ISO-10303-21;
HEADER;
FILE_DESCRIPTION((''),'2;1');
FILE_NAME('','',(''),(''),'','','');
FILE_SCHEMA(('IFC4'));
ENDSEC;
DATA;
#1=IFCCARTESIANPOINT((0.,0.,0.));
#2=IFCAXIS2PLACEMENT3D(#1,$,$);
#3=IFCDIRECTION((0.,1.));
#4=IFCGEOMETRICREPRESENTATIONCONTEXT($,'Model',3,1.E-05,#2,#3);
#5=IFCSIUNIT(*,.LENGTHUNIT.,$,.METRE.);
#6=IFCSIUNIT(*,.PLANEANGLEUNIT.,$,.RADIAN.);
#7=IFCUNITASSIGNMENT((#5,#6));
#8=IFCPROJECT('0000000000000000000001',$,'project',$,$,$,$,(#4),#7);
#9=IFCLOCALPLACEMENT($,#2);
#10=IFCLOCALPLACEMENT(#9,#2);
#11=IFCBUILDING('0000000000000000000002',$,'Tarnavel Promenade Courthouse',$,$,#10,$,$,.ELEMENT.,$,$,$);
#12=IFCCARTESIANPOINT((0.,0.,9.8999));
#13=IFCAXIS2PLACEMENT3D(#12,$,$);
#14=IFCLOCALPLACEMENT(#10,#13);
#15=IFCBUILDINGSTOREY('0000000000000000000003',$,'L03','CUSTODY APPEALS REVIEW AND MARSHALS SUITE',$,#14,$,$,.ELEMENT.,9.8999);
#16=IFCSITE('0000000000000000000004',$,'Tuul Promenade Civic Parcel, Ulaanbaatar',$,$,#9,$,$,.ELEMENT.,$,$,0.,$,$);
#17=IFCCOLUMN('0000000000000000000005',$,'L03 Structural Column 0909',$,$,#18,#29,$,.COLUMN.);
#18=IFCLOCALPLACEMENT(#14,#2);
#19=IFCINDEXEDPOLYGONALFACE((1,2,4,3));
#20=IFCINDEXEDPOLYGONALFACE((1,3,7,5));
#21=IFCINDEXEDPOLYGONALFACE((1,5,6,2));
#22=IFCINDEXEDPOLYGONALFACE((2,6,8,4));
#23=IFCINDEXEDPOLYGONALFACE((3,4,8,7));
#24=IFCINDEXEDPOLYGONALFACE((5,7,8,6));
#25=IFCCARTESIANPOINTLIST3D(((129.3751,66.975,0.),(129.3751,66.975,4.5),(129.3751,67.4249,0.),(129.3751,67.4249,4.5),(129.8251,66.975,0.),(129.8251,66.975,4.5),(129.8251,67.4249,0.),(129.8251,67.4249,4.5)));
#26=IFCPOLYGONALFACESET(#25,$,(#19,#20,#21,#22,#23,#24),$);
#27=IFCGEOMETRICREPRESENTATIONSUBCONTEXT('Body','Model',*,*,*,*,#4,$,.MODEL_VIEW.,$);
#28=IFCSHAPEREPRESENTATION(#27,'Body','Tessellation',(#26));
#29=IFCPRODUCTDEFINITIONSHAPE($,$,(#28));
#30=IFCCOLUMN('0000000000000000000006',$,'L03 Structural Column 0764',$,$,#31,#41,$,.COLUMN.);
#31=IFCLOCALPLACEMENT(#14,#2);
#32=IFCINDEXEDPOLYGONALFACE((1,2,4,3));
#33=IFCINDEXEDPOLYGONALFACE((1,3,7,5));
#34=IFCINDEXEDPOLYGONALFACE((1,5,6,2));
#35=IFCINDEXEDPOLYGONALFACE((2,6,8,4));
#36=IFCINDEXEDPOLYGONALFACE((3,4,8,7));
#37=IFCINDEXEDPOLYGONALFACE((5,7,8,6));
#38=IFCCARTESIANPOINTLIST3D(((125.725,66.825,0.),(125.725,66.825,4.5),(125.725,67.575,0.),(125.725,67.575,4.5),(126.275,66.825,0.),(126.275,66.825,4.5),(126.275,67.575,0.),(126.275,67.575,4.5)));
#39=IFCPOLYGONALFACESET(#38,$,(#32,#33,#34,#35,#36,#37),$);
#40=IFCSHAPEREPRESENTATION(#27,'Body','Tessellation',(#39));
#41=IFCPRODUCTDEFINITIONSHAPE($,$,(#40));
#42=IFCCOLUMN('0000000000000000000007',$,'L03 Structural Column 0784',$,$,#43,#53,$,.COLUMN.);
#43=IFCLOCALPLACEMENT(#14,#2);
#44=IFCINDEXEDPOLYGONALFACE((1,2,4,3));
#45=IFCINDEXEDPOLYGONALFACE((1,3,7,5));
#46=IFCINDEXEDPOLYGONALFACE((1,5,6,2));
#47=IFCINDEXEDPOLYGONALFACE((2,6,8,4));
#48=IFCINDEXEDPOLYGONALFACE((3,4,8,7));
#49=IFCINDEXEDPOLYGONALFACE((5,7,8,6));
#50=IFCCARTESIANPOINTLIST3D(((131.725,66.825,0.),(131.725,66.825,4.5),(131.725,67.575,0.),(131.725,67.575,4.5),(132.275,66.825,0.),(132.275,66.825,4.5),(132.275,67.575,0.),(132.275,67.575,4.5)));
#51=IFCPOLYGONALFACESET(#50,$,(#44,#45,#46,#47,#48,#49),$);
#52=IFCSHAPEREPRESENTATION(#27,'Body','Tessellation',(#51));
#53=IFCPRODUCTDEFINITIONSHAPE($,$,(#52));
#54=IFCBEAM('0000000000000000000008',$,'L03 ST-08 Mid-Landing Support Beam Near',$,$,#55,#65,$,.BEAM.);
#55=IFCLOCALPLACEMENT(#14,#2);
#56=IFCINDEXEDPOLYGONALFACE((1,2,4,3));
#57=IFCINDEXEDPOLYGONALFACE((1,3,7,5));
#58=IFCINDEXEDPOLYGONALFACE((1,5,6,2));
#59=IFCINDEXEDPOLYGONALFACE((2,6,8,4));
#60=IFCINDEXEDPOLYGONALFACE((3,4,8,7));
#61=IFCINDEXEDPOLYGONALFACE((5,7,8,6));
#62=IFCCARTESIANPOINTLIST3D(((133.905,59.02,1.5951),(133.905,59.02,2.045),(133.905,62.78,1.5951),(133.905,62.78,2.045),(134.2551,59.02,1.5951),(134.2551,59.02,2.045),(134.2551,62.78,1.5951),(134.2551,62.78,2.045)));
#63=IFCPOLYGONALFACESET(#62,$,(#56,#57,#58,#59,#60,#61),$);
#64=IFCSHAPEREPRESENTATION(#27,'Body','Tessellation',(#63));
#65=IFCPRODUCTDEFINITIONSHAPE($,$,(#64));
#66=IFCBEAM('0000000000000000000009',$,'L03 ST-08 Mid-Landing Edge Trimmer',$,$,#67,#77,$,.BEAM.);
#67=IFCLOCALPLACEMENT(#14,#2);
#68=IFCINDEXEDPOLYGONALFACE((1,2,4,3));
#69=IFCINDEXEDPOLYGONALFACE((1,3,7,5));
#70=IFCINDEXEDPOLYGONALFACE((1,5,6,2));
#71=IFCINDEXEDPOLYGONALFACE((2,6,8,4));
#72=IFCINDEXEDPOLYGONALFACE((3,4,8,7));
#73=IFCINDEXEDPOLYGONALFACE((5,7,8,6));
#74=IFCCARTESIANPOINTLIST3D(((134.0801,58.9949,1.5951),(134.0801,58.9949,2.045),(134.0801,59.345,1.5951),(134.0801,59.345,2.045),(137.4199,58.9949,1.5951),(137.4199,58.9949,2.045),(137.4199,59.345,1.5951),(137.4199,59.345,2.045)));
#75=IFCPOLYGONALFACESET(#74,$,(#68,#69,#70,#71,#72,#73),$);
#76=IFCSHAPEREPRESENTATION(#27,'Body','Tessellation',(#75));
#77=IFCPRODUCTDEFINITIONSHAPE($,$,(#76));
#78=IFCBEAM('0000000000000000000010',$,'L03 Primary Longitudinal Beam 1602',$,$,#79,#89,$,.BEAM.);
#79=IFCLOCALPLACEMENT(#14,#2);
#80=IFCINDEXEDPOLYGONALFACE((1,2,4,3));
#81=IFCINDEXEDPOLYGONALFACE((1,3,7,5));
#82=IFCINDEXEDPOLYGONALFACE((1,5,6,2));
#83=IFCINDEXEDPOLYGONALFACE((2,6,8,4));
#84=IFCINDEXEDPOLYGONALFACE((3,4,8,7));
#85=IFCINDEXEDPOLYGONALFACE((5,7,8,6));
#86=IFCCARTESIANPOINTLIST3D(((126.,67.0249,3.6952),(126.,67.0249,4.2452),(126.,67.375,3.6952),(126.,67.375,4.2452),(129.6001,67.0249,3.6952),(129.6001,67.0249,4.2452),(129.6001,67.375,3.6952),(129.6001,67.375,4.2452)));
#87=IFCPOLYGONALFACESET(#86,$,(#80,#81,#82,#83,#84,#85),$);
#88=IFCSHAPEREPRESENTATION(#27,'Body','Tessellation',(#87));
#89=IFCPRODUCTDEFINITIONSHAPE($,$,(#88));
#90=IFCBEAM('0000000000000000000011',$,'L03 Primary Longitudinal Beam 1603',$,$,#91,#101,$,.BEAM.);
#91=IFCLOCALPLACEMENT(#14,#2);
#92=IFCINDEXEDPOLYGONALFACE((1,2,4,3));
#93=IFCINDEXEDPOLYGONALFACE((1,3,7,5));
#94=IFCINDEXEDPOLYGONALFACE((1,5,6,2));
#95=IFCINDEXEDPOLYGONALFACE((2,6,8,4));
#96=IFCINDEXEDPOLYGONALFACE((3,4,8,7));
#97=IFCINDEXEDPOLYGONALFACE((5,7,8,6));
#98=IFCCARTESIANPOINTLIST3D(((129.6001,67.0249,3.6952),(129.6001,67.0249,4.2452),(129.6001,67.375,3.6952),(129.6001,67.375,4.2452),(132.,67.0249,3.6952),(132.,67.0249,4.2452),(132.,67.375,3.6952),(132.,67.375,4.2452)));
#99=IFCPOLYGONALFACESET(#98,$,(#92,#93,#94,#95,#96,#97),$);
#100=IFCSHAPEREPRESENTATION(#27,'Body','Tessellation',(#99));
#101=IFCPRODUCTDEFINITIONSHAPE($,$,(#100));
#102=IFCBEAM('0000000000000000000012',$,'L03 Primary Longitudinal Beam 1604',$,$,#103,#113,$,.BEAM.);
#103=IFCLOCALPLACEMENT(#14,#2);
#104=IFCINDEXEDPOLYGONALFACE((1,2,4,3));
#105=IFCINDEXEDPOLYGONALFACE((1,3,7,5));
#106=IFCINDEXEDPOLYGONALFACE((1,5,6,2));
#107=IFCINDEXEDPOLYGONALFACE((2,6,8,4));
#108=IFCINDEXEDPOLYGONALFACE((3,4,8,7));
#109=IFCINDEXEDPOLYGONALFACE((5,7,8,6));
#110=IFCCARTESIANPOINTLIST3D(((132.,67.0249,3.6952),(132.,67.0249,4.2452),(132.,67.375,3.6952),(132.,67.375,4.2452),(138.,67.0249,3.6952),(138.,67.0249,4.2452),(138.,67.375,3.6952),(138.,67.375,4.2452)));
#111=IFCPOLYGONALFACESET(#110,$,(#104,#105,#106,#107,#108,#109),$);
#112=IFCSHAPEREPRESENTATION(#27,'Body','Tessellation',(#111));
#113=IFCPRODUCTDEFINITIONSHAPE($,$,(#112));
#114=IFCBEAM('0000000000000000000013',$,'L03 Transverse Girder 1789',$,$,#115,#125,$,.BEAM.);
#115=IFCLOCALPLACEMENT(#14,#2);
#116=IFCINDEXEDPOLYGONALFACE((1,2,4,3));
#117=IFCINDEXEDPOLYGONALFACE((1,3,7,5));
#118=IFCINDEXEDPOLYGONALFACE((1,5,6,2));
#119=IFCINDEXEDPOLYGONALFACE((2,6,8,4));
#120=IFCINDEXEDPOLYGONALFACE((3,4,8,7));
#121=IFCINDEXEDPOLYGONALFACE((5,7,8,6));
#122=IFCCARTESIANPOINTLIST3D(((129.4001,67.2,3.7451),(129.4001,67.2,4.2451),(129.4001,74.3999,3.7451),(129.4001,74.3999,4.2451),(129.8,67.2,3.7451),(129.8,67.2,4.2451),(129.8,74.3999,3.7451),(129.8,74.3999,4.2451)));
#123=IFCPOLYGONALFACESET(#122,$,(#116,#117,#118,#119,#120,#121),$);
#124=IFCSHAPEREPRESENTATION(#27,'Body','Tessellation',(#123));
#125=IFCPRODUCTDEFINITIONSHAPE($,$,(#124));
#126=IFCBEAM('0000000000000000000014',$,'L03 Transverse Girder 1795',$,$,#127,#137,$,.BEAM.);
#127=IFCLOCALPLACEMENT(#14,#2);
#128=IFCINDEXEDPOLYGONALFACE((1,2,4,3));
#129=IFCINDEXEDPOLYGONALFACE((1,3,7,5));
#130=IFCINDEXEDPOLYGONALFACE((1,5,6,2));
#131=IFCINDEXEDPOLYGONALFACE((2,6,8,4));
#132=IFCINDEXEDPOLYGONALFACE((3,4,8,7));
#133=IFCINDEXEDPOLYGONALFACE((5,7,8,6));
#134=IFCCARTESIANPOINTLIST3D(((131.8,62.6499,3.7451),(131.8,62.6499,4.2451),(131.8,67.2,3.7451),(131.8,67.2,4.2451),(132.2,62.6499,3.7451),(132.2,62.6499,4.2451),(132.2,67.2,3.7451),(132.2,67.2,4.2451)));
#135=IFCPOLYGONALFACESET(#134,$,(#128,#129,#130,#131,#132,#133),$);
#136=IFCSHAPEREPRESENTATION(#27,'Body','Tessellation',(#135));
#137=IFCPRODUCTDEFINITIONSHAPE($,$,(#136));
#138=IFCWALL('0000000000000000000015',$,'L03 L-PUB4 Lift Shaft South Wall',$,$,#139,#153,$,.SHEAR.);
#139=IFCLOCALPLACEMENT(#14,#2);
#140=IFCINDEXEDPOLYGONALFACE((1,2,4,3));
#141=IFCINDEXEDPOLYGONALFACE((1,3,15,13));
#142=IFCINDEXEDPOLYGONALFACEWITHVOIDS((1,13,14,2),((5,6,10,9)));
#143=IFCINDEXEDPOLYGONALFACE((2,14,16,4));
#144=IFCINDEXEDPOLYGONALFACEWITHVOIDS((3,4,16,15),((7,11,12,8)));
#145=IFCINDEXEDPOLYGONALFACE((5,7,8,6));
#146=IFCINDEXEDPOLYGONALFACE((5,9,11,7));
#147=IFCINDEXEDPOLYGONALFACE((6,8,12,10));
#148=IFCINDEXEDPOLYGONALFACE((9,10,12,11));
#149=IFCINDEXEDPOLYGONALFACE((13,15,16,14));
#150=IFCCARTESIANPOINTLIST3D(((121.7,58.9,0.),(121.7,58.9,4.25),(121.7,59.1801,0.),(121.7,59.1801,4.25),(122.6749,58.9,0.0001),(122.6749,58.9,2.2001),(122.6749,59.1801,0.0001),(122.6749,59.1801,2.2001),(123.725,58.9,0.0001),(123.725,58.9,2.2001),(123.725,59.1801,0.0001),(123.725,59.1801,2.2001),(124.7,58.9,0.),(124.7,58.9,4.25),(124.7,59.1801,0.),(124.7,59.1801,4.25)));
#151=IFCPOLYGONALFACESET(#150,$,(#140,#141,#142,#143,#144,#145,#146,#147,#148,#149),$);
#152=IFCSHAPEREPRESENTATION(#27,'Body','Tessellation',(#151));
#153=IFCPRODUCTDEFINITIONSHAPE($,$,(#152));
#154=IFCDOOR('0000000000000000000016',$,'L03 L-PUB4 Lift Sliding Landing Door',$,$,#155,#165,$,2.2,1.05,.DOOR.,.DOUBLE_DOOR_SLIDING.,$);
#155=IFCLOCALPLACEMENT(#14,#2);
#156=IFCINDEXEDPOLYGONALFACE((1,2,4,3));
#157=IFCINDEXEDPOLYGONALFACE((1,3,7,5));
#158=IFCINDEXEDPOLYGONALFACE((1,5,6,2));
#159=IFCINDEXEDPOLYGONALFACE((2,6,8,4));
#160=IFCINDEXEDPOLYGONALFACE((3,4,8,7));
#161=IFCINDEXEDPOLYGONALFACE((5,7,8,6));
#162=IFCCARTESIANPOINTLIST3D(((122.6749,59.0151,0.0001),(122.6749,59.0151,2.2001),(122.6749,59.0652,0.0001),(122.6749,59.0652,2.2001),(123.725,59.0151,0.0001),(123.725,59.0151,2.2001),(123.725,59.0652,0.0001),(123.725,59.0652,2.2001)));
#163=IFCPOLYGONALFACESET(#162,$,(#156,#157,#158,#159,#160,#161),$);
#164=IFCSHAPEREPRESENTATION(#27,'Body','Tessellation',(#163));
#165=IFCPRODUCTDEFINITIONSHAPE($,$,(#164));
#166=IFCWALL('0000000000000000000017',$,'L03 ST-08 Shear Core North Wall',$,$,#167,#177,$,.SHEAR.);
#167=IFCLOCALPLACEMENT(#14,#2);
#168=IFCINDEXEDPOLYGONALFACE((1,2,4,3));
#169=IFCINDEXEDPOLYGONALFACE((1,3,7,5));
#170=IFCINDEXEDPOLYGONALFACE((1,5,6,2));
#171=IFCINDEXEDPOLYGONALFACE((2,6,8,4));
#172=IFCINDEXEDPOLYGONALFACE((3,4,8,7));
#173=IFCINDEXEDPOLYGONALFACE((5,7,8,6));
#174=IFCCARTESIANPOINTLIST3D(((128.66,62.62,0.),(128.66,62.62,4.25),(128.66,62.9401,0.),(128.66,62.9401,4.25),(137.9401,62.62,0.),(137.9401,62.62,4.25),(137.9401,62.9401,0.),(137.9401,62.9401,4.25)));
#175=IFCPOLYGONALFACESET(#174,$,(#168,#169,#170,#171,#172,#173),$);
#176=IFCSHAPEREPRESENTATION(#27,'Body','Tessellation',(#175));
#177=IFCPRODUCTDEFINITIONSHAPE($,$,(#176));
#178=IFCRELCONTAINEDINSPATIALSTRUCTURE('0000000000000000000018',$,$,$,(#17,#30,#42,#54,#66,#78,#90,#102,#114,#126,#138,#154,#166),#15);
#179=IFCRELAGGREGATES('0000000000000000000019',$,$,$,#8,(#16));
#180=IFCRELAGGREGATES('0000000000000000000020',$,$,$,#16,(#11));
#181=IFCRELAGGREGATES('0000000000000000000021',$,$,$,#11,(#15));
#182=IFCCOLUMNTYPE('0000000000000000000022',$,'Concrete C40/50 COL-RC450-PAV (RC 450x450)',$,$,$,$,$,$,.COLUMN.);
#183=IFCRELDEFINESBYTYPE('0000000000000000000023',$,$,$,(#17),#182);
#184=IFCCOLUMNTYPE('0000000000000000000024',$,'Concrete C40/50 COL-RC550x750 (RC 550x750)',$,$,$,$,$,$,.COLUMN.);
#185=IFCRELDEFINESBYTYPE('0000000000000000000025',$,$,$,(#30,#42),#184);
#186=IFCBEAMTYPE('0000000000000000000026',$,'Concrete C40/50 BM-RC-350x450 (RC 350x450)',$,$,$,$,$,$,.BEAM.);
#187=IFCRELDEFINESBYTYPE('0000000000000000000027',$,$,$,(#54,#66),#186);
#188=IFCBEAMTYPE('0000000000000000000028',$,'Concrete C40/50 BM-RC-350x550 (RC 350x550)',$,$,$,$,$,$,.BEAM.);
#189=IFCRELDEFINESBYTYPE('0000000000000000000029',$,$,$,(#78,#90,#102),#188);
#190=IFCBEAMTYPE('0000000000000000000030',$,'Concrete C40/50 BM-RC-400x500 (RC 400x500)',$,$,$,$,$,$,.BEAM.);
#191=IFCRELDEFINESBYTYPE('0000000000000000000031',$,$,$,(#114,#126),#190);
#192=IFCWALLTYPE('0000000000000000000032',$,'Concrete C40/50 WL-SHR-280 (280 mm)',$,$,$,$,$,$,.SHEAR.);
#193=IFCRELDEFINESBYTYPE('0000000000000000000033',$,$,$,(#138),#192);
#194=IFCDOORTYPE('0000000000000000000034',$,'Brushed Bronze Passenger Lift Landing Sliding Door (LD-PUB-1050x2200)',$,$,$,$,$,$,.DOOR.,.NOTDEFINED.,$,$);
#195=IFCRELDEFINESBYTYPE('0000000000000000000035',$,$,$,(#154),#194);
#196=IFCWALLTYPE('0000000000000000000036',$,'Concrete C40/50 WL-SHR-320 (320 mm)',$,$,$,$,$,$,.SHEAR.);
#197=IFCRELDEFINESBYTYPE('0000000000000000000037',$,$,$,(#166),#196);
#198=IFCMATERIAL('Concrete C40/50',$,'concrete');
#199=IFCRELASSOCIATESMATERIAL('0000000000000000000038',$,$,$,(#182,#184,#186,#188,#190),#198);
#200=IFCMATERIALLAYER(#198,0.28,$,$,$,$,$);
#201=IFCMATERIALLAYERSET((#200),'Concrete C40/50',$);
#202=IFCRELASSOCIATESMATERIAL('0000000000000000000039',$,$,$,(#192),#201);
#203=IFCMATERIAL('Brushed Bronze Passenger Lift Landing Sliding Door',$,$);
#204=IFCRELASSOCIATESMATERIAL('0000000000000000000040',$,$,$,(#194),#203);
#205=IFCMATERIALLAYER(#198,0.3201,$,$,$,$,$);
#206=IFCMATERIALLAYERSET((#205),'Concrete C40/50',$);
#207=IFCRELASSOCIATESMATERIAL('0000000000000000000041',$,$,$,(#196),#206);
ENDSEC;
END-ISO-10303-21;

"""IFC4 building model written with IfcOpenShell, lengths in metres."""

from ifc_helpers import new_model, si_unit, direction, frame, frame_2d, origin, origin_2d, place, context, subcontext, project, spatial, rectangle, extrude, material, layer, layer_set, material_profile, profile_set, type_object, element, fill, save


model = new_model("IFC4")

# Units and contexts
model_context = context("Model", 3, precision=1e-05, world=origin(), true_north=direction((0.0, 1.0)))
body_context = subcontext(model_context, "Body", "Model", "MODEL_VIEW")
ifc_project = project(units=[si_unit("LENGTHUNIT", "METRE"), si_unit("PLANEANGLEUNIT", "RADIAN")], contexts=[model_context])

# Site, building, storey
site_placement = place(None, origin())
site = spatial("IfcSite", under=ifc_project, at=site_placement, Name="Tuul Promenade Civic Parcel, Ulaanbaatar", CompositionType="ELEMENT", RefElevation=0.0)
building_placement = place(site_placement, origin())
building = spatial("IfcBuilding", under=site, at=building_placement, Name="Tarnavel Promenade Courthouse", CompositionType="ELEMENT")
storey_placement = place(building_placement, frame((0.0, 0.0, 9.8999)))
storey = spatial("IfcBuildingStorey", under=building, at=storey_placement, Name="L03", Description="CUSTODY APPEALS REVIEW AND MARSHALS SUITE", CompositionType="ELEMENT", Elevation=9.8999)

# Columns
ifc_material_1 = material(Name="Concrete C40/50", Category="concrete")
ifc_material_profile_1 = material_profile(ifc_material_1, rectangle(XDim=0.45, YDim=0.45, at=origin_2d()), Name="RC 450x450")
ifc_profile_set_1 = profile_set([ifc_material_profile_1], Name="Concrete C40/50")
column_type_1 = type_object("IfcColumnType", Name="Concrete C40/50 COL-RC450-PAV (RC 450x450)", PredefinedType="COLUMN", material=ifc_profile_set_1)
column_placement = place(storey_placement, frame((129.6001, 67.2, 0.0), z_axis=(0.0, 0.0, 1.0), x_axis=(1.0, 0.0, 0.0)))
element("IfcColumn", 1, at=column_placement, inside=storey, type_object=column_type_1, Name="L03 Structural Column 0909", PredefinedType="COLUMN", context=body_context, shape_type="SweptSolid", body=[
    extrude(rectangle(XDim=0.45, YDim=0.45, at=origin_2d()), origin(), (0.0, 0.0, 1.0), 4.5),
])
ifc_material_profile_2 = material_profile(ifc_material_1, rectangle(XDim=0.55, YDim=0.75, at=origin_2d()), Name="RC 550x750")
ifc_profile_set_2 = profile_set([ifc_material_profile_2], Name="Concrete C40/50")
column_type_2 = type_object("IfcColumnType", Name="Concrete C40/50 COL-RC550x750 (RC 550x750)", PredefinedType="COLUMN", material=ifc_profile_set_2)
for number, where, z_axis, x_axis, name in (
    (2, (126.0, 67.2, 0.0), (0.0, 0.0, 1.0), (1.0, 0.0, 0.0), "L03 Structural Column 0764"),
    (3, (132.0, 67.2, 0.0), (0.0, 0.0, 1.0), (1.0, 0.0, 0.0), "L03 Structural Column 0784"),
):
    element("IfcColumn", number, at=place(storey_placement, frame(where, z_axis=z_axis, x_axis=x_axis)), inside=storey, type_object=column_type_2, Name=name, PredefinedType="COLUMN", context=body_context, shape_type="SweptSolid", body=[
        extrude(rectangle(XDim=0.55, YDim=0.75, at=origin_2d()), origin(), (0.0, 0.0, 1.0), 4.5),
    ])

# Beams
ifc_material_profile_3 = material_profile(ifc_material_1, rectangle(XDim=0.3501, YDim=0.45, at=origin_2d()), Name="RC 350x450")
ifc_profile_set_3 = profile_set([ifc_material_profile_3], Name="Concrete C40/50")
beam_type_1 = type_object("IfcBeamType", Name="Concrete C40/50 BM-RC-350x450 (RC 350x450)", PredefinedType="BEAM", material=ifc_profile_set_3)
beam_1_placement = place(storey_placement, frame((134.0801, 59.02, 1.8201), z_axis=(0.0, 1.0, 0.0), x_axis=(-1.0, 0.0, 0.0)))
element("IfcBeam", 4, at=beam_1_placement, inside=storey, type_object=beam_type_1, Name="L03 ST-08 Mid-Landing Support Beam Near", PredefinedType="BEAM", context=body_context, shape_type="SweptSolid", body=[
    extrude(rectangle(XDim=0.3501, YDim=0.45, at=origin_2d()), origin(), (0.0, 0.0, 1.0), 3.76),
])
beam_2_placement = place(storey_placement, frame((134.0801, 59.1699, 1.8201), z_axis=(1.0, 0.0, 0.0), x_axis=(0.0, 1.0, 0.0)))
element("IfcBeam", 5, at=beam_2_placement, inside=storey, type_object=beam_type_1, Name="L03 ST-08 Mid-Landing Edge Trimmer", PredefinedType="BEAM", context=body_context, shape_type="SweptSolid", body=[
    extrude(rectangle(XDim=0.3501, YDim=0.45, at=origin_2d()), origin(), (0.0, 0.0, 1.0), 3.3398),
])
ifc_material_profile_4 = material_profile(ifc_material_1, rectangle(XDim=0.3501, YDim=0.55, at=origin_2d()), Name="RC 350x550")
ifc_profile_set_4 = profile_set([ifc_material_profile_4], Name="Concrete C40/50")
beam_type_2 = type_object("IfcBeamType", Name="Concrete C40/50 BM-RC-350x550 (RC 350x550)", PredefinedType="BEAM", material=ifc_profile_set_4)
beam_3_placement = place(storey_placement, frame((126.0, 67.2, 3.9702), z_axis=(1.0, 0.0, 0.0), x_axis=(0.0, 1.0, 0.0)))
element("IfcBeam", 6, at=beam_3_placement, inside=storey, type_object=beam_type_2, Name="L03 Primary Longitudinal Beam 1602", PredefinedType="BEAM", context=body_context, shape_type="SweptSolid", body=[
    extrude(rectangle(XDim=0.3501, YDim=0.55, at=origin_2d()), origin(), (0.0, 0.0, 1.0), 3.6001),
])
beam_4_placement = place(storey_placement, frame((129.6001, 67.2, 3.9702), z_axis=(1.0, 0.0, 0.0), x_axis=(0.0, 1.0, 0.0)))
element("IfcBeam", 7, at=beam_4_placement, inside=storey, type_object=beam_type_2, Name="L03 Primary Longitudinal Beam 1603", PredefinedType="BEAM", context=body_context, shape_type="SweptSolid", body=[
    extrude(rectangle(XDim=0.3501, YDim=0.55, at=origin_2d()), origin(), (0.0, 0.0, 1.0), 2.3999),
])
beam_5_placement = place(storey_placement, frame((132.0, 67.2, 3.9702), z_axis=(1.0, 0.0, 0.0), x_axis=(0.0, 1.0, 0.0)))
element("IfcBeam", 8, at=beam_5_placement, inside=storey, type_object=beam_type_2, Name="L03 Primary Longitudinal Beam 1604", PredefinedType="BEAM", context=body_context, shape_type="SweptSolid", body=[
    extrude(rectangle(XDim=0.3501, YDim=0.55, at=origin_2d()), origin(), (0.0, 0.0, 1.0), 6.0),
])
ifc_material_profile_5 = material_profile(ifc_material_1, rectangle(XDim=0.3999, YDim=0.5, at=origin_2d()), Name="RC 400x500")
ifc_profile_set_5 = profile_set([ifc_material_profile_5], Name="Concrete C40/50")
beam_type_3 = type_object("IfcBeamType", Name="Concrete C40/50 BM-RC-400x500 (RC 400x500)", PredefinedType="BEAM", material=ifc_profile_set_5)
beam_6_placement = place(storey_placement, frame((129.6001, 67.2, 3.9951), z_axis=(0.0, 1.0, 0.0), x_axis=(-1.0, 0.0, 0.0)))
element("IfcBeam", 9, at=beam_6_placement, inside=storey, type_object=beam_type_3, Name="L03 Transverse Girder 1789", PredefinedType="BEAM", context=body_context, shape_type="SweptSolid", body=[
    extrude(rectangle(XDim=0.3999, YDim=0.5, at=origin_2d()), origin(), (0.0, 0.0, 1.0), 7.2),
])
beam_7_placement = place(storey_placement, frame((132.0, 62.6499, 3.9951), z_axis=(0.0, 1.0, 0.0), x_axis=(-1.0, 0.0, 0.0)))
element("IfcBeam", 10, at=beam_7_placement, inside=storey, type_object=beam_type_3, Name="L03 Transverse Girder 1795", PredefinedType="BEAM", context=body_context, shape_type="SweptSolid", body=[
    extrude(rectangle(XDim=0.3999, YDim=0.5, at=origin_2d()), origin(), (0.0, 0.0, 1.0), 4.55),
])

# Wall, opening, door
ifc_layer_1 = layer(ifc_material_1, 0.28)
ifc_layer_set_1 = layer_set([ifc_layer_1], Name="Concrete C40/50")
wall_type_1 = type_object("IfcWallType", Name="Concrete C40/50 WL-SHR-280 (280 mm)", PredefinedType="SHEAR", material=ifc_layer_set_1)
wall_1_placement = place(storey_placement, frame((124.7, 59.04, 0.0), z_axis=(0.0, 0.0, 1.0), x_axis=(-1.0, 0.0, 0.0)))
wall_1 = element("IfcWall", 11, at=wall_1_placement, inside=storey, type_object=wall_type_1, Name="L03 L-PUB4 Lift Shaft South Wall", PredefinedType="SHEAR", context=body_context, shape_type="SweptSolid", body=[
    extrude(rectangle(XDim=3.0, YDim=0.28, at=frame_2d((1.5, 0.0))), origin(), (0.0, 0.0, 1.0), 4.25),
])
opening_1_placement = place(wall_1_placement, frame((0.9751, 0.0, 0.0)))
opening_1 = element("IfcOpeningElement", 12, at=opening_1_placement, cuts=wall_1, PredefinedType="OPENING", context=body_context, shape_type="SweptSolid", body=[
    extrude(rectangle(XDim=1.05, YDim=2.2, at=frame_2d((0.5249, 1.1001))), frame((0.0, 0.1499, 0.0), z_axis=(0.0, -1.0, 0.0), x_axis=(1.0, 0.0, 0.0)), (0.0, 0.0, 1.0), 0.3),
])
ifc_material_2 = material(Name="Brushed Bronze Passenger Lift Landing Sliding Door")
door_type_1 = type_object("IfcDoorType", Name="Brushed Bronze Passenger Lift Landing Sliding Door (LD-PUB-1050x2200)", OperationType="NOTDEFINED", PredefinedType="DOOR", material=ifc_material_2)
door_1_placement = place(opening_1_placement, origin())
door_1 = element("IfcDoor", 13, at=door_1_placement, inside=storey, type_object=door_type_1, Name="L03 L-PUB4 Lift Sliding Landing Door", OperationType="DOUBLE_DOOR_SLIDING", OverallHeight=2.2, OverallWidth=1.05, PredefinedType="DOOR", context=body_context, shape_type="SweptSolid", body=[
    extrude(rectangle(XDim=1.05, YDim=2.2, at=frame_2d((0.5249, 1.1001))), frame((0.0, 0.0249, 0.0), z_axis=(0.0, -1.0, 0.0), x_axis=(1.0, 0.0, 0.0)), (0.0, 0.0, 1.0), 0.05),
])
fill(opening_1, door_1)

# Wall
ifc_layer_2 = layer(ifc_material_1, 0.3201)
ifc_layer_set_2 = layer_set([ifc_layer_2], Name="Concrete C40/50")
wall_type_2 = type_object("IfcWallType", Name="Concrete C40/50 WL-SHR-320 (320 mm)", PredefinedType="SHEAR", material=ifc_layer_set_2)
wall_2_placement = place(storey_placement, frame((128.6599, 62.78, 0.0), z_axis=(0.0, 0.0, 1.0), x_axis=(1.0, 0.0, 0.0)))
element("IfcWall", 14, at=wall_2_placement, inside=storey, type_object=wall_type_2, Name="L03 ST-08 Shear Core North Wall", PredefinedType="SHEAR", context=body_context, shape_type="SweptSolid", body=[
    extrude(rectangle(XDim=9.28, YDim=0.3201, at=frame_2d((4.6401, 0.0))), origin(), (0.0, 0.0, 1.0), 4.25),
])

save(model, "model.ifc")
